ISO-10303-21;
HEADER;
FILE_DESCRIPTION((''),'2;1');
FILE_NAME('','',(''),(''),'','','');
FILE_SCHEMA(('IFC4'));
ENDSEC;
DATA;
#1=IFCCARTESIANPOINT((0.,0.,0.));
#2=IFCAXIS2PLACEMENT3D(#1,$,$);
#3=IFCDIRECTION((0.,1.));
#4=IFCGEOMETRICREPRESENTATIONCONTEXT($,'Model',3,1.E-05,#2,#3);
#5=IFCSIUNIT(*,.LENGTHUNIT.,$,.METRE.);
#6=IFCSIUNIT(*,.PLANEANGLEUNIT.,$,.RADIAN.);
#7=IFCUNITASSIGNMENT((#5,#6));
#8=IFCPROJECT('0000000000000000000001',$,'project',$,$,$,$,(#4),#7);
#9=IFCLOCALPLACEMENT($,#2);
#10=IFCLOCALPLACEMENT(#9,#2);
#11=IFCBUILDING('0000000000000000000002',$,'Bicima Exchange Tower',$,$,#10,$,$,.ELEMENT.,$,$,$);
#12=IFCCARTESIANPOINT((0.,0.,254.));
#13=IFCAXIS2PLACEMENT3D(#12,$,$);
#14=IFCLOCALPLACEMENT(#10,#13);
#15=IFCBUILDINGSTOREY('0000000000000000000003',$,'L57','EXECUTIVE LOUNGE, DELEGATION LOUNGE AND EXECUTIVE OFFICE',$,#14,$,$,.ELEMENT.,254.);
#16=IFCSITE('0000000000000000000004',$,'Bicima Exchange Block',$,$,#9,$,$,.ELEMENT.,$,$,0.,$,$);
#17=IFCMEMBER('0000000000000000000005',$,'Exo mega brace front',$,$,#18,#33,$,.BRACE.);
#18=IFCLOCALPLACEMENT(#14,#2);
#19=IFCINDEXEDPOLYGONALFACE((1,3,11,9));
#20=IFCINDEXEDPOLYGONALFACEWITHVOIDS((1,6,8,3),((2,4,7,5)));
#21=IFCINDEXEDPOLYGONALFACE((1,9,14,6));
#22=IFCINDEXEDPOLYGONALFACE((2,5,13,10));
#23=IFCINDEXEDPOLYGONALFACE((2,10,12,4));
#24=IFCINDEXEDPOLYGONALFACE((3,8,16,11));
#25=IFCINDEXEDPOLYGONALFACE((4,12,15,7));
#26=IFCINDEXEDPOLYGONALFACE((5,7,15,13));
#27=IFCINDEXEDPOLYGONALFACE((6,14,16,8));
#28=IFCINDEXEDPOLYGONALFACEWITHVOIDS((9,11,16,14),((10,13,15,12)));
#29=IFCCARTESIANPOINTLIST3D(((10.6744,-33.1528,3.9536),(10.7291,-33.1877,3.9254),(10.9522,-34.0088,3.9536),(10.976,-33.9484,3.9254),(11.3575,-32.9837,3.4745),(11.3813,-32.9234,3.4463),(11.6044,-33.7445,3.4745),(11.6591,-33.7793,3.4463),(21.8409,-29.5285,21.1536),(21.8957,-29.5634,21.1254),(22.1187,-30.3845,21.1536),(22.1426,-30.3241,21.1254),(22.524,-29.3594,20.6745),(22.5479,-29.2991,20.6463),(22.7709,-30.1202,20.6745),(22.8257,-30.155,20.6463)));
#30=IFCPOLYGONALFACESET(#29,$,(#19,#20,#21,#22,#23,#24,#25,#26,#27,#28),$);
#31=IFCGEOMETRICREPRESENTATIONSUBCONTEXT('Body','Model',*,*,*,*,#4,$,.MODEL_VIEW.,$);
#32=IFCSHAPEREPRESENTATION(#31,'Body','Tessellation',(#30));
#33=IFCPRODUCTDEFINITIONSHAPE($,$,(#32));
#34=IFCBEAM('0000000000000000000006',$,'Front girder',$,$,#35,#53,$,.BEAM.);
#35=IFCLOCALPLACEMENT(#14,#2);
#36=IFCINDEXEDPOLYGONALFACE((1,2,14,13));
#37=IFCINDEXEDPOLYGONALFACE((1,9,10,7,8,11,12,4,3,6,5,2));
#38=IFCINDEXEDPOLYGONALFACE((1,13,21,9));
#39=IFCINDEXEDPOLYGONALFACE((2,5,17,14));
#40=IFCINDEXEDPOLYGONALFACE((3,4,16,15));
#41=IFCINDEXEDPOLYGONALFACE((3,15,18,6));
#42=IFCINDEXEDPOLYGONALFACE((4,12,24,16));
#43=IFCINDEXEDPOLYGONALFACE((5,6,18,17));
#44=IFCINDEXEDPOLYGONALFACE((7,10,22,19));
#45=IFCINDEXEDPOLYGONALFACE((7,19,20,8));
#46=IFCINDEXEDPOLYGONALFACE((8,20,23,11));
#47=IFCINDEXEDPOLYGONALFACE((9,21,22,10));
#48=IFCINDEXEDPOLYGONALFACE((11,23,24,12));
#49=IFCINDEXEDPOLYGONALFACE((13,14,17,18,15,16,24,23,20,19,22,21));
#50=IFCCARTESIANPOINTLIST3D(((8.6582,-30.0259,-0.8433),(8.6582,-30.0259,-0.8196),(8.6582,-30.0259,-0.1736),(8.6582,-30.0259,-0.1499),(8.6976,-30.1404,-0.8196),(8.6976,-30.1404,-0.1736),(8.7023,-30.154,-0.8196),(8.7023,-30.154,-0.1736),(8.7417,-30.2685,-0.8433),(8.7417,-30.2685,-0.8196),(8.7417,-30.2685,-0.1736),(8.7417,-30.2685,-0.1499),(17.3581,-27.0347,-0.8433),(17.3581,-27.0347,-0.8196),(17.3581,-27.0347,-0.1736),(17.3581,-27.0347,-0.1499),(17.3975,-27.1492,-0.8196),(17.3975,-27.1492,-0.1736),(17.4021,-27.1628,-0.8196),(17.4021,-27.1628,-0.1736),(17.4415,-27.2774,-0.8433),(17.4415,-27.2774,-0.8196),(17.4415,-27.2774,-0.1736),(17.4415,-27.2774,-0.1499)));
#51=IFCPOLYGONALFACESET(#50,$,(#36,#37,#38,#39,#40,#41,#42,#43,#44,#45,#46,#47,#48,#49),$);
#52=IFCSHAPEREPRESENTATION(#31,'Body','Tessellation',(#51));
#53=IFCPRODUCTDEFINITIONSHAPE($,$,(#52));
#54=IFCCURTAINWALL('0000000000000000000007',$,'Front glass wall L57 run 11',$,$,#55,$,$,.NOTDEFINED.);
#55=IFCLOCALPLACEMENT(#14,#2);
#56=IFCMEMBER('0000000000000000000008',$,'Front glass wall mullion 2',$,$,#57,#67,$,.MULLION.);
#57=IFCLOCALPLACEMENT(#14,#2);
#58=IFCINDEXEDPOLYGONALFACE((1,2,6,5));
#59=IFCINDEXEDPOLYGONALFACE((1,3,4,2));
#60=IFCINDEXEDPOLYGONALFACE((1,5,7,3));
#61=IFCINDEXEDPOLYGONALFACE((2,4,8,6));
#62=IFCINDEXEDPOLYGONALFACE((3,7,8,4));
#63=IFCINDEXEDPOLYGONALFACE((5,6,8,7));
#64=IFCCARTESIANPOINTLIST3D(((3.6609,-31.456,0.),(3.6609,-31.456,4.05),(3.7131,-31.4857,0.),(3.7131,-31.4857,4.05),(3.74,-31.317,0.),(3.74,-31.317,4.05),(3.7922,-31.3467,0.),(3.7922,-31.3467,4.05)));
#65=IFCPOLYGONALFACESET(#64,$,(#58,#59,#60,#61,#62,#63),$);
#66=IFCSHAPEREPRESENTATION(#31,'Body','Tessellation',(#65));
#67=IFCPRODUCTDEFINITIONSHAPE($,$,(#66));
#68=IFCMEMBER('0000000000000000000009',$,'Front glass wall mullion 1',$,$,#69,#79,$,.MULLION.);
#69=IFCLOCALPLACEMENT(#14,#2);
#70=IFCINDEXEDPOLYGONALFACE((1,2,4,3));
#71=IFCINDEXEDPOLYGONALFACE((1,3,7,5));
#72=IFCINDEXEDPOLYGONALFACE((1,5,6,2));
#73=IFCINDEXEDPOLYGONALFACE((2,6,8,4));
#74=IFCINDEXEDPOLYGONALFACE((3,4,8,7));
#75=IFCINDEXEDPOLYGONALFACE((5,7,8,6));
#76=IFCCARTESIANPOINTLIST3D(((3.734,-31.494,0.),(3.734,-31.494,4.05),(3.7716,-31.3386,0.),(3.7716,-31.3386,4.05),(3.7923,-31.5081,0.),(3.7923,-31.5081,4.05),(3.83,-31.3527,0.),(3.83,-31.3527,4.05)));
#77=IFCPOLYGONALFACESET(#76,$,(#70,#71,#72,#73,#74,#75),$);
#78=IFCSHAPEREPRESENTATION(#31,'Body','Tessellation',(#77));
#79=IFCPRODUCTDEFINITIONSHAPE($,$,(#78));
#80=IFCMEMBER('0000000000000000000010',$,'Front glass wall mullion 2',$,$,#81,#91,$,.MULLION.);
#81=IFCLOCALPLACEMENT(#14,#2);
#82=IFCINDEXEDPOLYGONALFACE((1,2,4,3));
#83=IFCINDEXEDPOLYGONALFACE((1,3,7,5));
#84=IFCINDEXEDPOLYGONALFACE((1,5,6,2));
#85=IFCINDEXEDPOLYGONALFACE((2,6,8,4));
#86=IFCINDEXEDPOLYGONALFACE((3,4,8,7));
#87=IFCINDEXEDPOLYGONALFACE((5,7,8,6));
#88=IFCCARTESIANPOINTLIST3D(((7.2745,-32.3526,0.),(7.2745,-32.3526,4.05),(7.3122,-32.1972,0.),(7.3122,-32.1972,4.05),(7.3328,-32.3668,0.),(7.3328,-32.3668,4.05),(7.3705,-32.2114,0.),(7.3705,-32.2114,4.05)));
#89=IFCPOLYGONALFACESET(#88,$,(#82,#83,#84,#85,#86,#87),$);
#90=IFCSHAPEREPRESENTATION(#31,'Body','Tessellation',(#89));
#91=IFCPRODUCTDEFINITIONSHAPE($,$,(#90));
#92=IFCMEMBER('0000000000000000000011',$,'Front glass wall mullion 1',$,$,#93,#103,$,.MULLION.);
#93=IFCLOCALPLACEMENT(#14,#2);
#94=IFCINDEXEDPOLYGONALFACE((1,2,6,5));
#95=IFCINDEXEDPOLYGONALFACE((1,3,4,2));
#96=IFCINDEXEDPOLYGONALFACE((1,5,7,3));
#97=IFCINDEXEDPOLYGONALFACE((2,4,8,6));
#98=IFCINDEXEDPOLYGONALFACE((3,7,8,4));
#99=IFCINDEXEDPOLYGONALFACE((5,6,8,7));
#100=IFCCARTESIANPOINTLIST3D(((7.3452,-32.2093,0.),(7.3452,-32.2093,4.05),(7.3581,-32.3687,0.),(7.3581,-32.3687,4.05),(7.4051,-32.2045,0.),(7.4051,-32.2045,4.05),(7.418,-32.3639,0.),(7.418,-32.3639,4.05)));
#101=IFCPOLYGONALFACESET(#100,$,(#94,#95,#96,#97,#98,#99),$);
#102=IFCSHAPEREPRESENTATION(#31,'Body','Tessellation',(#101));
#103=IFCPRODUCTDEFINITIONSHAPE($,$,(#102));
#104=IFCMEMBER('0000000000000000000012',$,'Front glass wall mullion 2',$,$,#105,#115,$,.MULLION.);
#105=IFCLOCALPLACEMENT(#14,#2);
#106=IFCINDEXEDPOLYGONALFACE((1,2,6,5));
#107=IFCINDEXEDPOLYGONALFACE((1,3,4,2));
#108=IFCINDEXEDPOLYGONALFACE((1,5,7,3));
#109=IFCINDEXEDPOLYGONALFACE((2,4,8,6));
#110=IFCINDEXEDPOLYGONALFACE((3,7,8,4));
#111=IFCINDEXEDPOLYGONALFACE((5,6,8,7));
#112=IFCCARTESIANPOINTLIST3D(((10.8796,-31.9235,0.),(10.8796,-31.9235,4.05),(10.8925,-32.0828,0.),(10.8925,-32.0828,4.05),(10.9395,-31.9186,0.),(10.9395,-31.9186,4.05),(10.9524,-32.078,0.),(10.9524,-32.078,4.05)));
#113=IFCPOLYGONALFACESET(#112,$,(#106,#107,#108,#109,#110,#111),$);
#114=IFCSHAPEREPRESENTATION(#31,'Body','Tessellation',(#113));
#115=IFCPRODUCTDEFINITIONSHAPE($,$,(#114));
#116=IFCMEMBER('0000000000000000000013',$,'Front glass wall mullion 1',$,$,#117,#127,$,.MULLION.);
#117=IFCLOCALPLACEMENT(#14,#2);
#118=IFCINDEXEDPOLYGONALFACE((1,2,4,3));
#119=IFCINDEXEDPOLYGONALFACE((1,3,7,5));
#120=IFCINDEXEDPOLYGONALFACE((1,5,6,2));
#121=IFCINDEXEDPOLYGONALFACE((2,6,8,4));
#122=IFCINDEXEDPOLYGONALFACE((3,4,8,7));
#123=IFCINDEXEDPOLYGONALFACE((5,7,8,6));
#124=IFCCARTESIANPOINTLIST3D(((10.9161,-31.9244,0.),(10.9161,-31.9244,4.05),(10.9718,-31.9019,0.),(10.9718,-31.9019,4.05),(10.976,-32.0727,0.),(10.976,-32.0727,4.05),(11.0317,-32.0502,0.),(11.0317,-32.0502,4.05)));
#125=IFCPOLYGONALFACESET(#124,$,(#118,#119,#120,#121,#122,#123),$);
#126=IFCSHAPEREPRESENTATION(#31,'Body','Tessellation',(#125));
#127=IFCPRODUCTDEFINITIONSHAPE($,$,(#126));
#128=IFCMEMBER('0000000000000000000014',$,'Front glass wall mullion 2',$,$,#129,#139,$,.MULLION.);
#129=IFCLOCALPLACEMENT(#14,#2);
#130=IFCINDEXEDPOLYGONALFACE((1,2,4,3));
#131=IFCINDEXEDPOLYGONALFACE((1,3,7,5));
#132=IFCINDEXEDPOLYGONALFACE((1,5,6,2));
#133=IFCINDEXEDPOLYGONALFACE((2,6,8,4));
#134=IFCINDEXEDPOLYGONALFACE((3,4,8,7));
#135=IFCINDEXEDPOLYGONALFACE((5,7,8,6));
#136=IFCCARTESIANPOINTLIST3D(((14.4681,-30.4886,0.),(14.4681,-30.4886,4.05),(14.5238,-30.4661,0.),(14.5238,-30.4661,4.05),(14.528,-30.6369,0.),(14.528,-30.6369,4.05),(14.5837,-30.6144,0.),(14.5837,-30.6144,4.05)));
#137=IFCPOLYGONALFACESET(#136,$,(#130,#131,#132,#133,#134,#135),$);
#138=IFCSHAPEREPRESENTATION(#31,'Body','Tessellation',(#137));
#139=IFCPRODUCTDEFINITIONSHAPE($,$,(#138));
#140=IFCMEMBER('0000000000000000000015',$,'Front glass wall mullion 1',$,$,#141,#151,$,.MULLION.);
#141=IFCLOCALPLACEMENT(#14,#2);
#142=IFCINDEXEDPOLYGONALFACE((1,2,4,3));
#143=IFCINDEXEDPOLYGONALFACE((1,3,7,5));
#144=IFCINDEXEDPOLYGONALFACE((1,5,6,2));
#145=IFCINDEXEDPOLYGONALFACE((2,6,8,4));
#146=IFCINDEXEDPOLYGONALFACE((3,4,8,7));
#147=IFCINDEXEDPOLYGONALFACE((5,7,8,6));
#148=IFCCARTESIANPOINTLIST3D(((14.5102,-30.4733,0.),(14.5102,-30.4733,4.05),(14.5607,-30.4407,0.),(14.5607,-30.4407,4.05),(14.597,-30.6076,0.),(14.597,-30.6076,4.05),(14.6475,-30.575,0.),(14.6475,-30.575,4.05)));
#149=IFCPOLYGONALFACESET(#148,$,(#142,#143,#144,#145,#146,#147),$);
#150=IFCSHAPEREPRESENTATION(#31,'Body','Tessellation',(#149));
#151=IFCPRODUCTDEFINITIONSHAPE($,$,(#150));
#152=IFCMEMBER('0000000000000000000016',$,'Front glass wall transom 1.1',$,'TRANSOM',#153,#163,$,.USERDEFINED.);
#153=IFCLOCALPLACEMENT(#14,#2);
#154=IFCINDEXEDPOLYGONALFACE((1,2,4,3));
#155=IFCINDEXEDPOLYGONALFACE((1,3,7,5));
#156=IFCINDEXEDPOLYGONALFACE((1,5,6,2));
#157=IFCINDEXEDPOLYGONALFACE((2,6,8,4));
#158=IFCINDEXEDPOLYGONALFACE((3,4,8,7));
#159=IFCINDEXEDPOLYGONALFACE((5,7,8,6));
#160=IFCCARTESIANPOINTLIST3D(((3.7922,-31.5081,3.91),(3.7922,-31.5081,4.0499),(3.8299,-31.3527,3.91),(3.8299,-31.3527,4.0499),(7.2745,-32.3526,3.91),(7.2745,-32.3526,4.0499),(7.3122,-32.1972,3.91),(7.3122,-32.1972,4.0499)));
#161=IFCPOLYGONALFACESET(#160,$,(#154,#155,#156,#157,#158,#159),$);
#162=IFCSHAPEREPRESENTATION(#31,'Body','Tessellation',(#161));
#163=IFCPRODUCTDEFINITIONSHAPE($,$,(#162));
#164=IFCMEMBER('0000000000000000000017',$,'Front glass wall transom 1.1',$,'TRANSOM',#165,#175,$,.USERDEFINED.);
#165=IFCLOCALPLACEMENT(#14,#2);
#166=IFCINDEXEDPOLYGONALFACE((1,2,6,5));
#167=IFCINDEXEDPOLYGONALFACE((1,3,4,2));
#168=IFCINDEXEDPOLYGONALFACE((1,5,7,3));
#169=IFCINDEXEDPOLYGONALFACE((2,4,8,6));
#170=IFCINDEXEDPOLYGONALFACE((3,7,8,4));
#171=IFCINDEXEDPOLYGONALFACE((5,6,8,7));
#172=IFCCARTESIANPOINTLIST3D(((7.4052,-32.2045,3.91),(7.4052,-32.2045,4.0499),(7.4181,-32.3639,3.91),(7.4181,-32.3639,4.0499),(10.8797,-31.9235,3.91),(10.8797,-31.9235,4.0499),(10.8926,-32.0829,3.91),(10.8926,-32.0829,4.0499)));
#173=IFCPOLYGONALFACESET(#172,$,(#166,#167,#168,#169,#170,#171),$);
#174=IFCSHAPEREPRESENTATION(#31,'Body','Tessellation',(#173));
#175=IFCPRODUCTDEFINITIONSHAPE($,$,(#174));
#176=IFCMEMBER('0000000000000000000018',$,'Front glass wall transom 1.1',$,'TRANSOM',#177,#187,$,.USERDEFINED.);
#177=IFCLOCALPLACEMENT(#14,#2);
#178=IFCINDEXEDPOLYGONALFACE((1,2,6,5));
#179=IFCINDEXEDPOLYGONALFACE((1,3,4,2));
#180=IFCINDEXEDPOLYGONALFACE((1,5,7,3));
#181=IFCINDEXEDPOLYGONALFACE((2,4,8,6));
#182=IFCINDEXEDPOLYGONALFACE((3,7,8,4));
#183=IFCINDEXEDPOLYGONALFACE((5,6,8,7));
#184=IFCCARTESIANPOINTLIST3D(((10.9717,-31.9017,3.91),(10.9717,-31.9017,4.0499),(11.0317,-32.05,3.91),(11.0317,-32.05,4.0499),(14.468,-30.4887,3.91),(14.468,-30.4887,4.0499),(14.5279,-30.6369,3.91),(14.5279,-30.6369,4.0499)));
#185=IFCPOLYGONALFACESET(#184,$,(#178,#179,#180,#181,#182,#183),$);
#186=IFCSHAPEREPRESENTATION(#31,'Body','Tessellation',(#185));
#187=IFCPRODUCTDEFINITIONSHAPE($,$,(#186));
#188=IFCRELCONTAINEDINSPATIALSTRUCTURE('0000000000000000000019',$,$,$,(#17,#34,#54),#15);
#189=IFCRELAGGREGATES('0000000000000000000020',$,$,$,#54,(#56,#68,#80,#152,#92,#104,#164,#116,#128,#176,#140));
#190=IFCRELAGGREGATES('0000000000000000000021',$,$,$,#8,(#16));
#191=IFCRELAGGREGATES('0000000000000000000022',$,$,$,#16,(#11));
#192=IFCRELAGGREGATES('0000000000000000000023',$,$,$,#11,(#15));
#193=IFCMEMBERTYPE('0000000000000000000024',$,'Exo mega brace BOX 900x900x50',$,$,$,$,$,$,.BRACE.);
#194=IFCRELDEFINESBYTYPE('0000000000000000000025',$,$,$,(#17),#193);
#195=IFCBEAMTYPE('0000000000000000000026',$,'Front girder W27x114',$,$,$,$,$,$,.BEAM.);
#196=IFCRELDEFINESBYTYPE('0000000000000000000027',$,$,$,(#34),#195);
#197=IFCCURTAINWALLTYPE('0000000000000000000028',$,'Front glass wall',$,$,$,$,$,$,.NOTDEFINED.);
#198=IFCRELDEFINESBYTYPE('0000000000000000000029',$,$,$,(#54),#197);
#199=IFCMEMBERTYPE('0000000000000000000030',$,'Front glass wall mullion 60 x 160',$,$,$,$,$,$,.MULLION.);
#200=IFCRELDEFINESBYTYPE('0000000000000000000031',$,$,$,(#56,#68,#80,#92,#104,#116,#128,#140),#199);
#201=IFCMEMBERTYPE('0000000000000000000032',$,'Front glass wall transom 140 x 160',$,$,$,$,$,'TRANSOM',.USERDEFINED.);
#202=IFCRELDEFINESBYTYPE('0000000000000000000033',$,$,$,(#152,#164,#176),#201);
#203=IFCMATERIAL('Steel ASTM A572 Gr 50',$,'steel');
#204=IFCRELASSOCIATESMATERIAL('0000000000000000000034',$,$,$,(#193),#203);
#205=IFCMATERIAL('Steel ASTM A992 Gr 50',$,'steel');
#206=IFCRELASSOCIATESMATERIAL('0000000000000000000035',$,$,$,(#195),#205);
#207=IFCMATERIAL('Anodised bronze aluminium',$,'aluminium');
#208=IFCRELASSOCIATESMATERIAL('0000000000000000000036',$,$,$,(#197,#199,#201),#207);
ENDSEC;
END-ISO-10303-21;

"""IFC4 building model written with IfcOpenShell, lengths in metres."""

from ifc_helpers import new_model, si_unit, direction, frame, origin, origin_2d, place, context, subcontext, project, spatial, rectangle, hollow_rectangle, i_section, extrude, material, material_profile, profile_set, type_object, element, aggregate, save


model = new_model("IFC4")

# Units and contexts
model_context = context("Model", 3, precision=1e-05, world=origin(), true_north=direction((0.0, 1.0)))
body_context = subcontext(model_context, "Body", "Model", "MODEL_VIEW")
ifc_project = project(units=[si_unit("LENGTHUNIT", "METRE"), si_unit("PLANEANGLEUNIT", "RADIAN")], contexts=[model_context])

# Site, building, storey
site_placement = place(None, origin())
site = spatial("IfcSite", under=ifc_project, at=site_placement, Name="Bicima Exchange Block", CompositionType="ELEMENT", RefElevation=0.0)
building_placement = place(site_placement, origin())
building = spatial("IfcBuilding", under=site, at=building_placement, Name="Bicima Exchange Tower", CompositionType="ELEMENT")
storey_placement = place(building_placement, frame((0.0, 0.0, 254.0)))
storey = spatial("IfcBuildingStorey", under=building, at=storey_placement, Name="L57", Description="EXECUTIVE LOUNGE, DELEGATION LOUNGE AND EXECUTIVE OFFICE", CompositionType="ELEMENT", Elevation=254.0)

# Member
ifc_material_1 = material(Name="Steel ASTM A572 Gr 50", Category="steel")
ifc_material_profile_1 = material_profile(ifc_material_1, hollow_rectangle(XDim=0.8999, YDim=0.8999, WallThickness=0.05, at=origin_2d()))
ifc_profile_set_1 = profile_set([ifc_material_profile_1], Name="Steel ASTM A572 Gr 50")
member_type_1 = type_object("IfcMemberType", Name="Exo mega brace BOX 900x900x50", PredefinedType="BRACE", material=ifc_profile_set_1)
member_1_placement = place(storey_placement, frame((11.1667, -33.4661, 3.7), z_axis=(0.536217, 0.174038, 0.825943), x_axis=(-0.308713, 0.951155, 0.0)))
element("IfcMember", 1, at=member_1_placement, inside=storey, type_object=member_type_1, Name="Exo mega brace front", PredefinedType="BRACE", context=body_context, shape_type="SweptSolid", body=[
    extrude(hollow_rectangle(XDim=0.8999, YDim=0.8999, WallThickness=0.05, at=origin_2d()), origin(), (0.0, 0.0, 1.0), 20.8247),
])

# Beam
ifc_material_2 = material(Name="Steel ASTM A992 Gr 50", Category="steel")
ifc_material_profile_2 = material_profile(ifc_material_2, i_section(OverallWidth=0.2566, OverallDepth=0.6934, WebThickness=0.0144, FlangeThickness=0.0237, at=origin_2d()))
ifc_profile_set_2 = profile_set([ifc_material_profile_2], Name="Steel ASTM A992 Gr 50")
beam_type = type_object("IfcBeamType", Name="Front girder W27x114", PredefinedType="BEAM", material=ifc_profile_set_2)
beam_placement = place(storey_placement, frame((8.7, -30.1472, -0.4966), z_axis=(0.945666, 0.325138, 0.0), x_axis=(-0.325138, 0.945666, 0.0)))
element("IfcBeam", 2, at=beam_placement, inside=storey, type_object=beam_type, Name="Front girder", PredefinedType="BEAM", context=body_context, shape_type="SweptSolid", body=[
    extrude(i_section(OverallWidth=0.2566, OverallDepth=0.6934, WebThickness=0.0144, FlangeThickness=0.0237, at=origin_2d()), origin(), (0.0, 0.0, 1.0), 9.1997),
])

# Curtain wall, members
ifc_material_3 = material(Name="Anodised bronze aluminium", Category="aluminium")
curtain_wall_type = type_object("IfcCurtainWallType", Name="Front glass wall", PredefinedType="NOTDEFINED", material=ifc_material_3)
curtain_wall_placement = place(storey_placement, origin())
curtain_wall = element("IfcCurtainWall", 3, at=curtain_wall_placement, inside=storey, type_object=curtain_wall_type, Name="Front glass wall L57 run 11", PredefinedType="NOTDEFINED")
ifc_material_profile_3 = material_profile(ifc_material_3, rectangle(XDim=0.1599, YDim=0.0601, at=origin_2d()))
ifc_profile_set_3 = profile_set([ifc_material_profile_3], Name="Anodised bronze aluminium")
member_type_2 = type_object("IfcMemberType", Name="Front glass wall mullion 60 x 160", PredefinedType="MULLION", material=ifc_profile_set_3)
member_2_placement = place(storey_placement, frame((3.7266, -31.4014, 0.0), z_axis=(0.0, 0.0, 1.0), x_axis=(0.49433, 0.869274, 0.0)))
member_2 = element("IfcMember", 4, at=member_2_placement, type_object=member_type_2, Name="Front glass wall mullion 2", PredefinedType="MULLION", context=body_context, shape_type="SweptSolid", body=[
    extrude(rectangle(XDim=0.1599, YDim=0.0601, at=origin_2d()), origin(), (0.0, 0.0, 1.0), 4.05),
])
member_3_placement = place(storey_placement, frame((3.782, -31.4233, 0.0), z_axis=(0.0, 0.0, 1.0), x_axis=(0.235682, 0.97183, 0.0)))
member_3 = element("IfcMember", 5, at=member_3_placement, type_object=member_type_2, Name="Front glass wall mullion 1", PredefinedType="MULLION", context=body_context, shape_type="SweptSolid", body=[
    extrude(rectangle(XDim=0.1599, YDim=0.0601, at=origin_2d()), origin(), (0.0, 0.0, 1.0), 4.05),
])
member_4_placement = place(storey_placement, frame((7.3225, -32.282, 0.0), z_axis=(0.0, 0.0, 1.0), x_axis=(0.235682, 0.97183, 0.0)))
member_4 = element("IfcMember", 6, at=member_4_placement, type_object=member_type_2, Name="Front glass wall mullion 2", PredefinedType="MULLION", context=body_context, shape_type="SweptSolid", body=[
    extrude(rectangle(XDim=0.1599, YDim=0.0601, at=origin_2d()), origin(), (0.0, 0.0, 1.0), 4.05),
])
member_5_placement = place(storey_placement, frame((7.3816, -32.2866, 0.0), z_axis=(0.0, 0.0, 1.0), x_axis=(-0.080589, 0.996747, 0.0)))
member_5 = element("IfcMember", 7, at=member_5_placement, type_object=member_type_2, Name="Front glass wall mullion 1", PredefinedType="MULLION", context=body_context, shape_type="SweptSolid", body=[
    extrude(rectangle(XDim=0.1599, YDim=0.0601, at=origin_2d()), origin(), (0.0, 0.0, 1.0), 4.05),
])
member_6_placement = place(storey_placement, frame((10.916, -32.0007, 0.0), z_axis=(0.0, 0.0, 1.0), x_axis=(-0.080589, 0.996747, 0.0)))
member_6 = element("IfcMember", 8, at=member_6_placement, type_object=member_type_2, Name="Front glass wall mullion 2", PredefinedType="MULLION", context=body_context, shape_type="SweptSolid", body=[
    extrude(rectangle(XDim=0.1599, YDim=0.0601, at=origin_2d()), origin(), (0.0, 0.0, 1.0), 4.05),
])
member_7_placement = place(storey_placement, frame((10.9739, -31.9873, 0.0), z_axis=(0.0, 0.0, 1.0), x_axis=(-0.374705, 0.927144, 0.0)))
member_7 = element("IfcMember", 9, at=member_7_placement, type_object=member_type_2, Name="Front glass wall mullion 1", PredefinedType="MULLION", context=body_context, shape_type="SweptSolid", body=[
    extrude(rectangle(XDim=0.1599, YDim=0.0601, at=origin_2d()), origin(), (0.0, 0.0, 1.0), 4.05),
])
member_8_placement = place(storey_placement, frame((14.5259, -30.5515, 0.0), z_axis=(0.0, 0.0, 1.0), x_axis=(-0.374705, 0.927144, 0.0)))
member_8 = element("IfcMember", 10, at=member_8_placement, type_object=member_type_2, Name="Front glass wall mullion 2", PredefinedType="MULLION", context=body_context, shape_type="SweptSolid", body=[
    extrude(rectangle(XDim=0.1599, YDim=0.0601, at=origin_2d()), origin(), (0.0, 0.0, 1.0), 4.05),
])
member_9_placement = place(storey_placement, frame((14.5789, -30.5242, 0.0), z_axis=(0.0, 0.0, 1.0), x_axis=(-0.542909, 0.839791, 0.0)))
member_9 = element("IfcMember", 11, at=member_9_placement, type_object=member_type_2, Name="Front glass wall mullion 1", PredefinedType="MULLION", context=body_context, shape_type="SweptSolid", body=[
    extrude(rectangle(XDim=0.1599, YDim=0.0601, at=origin_2d()), origin(), (0.0, 0.0, 1.0), 4.05),
])
ifc_material_profile_4 = material_profile(ifc_material_3, rectangle(XDim=0.1599, YDim=0.1399, at=origin_2d()))
ifc_profile_set_4 = profile_set([ifc_material_profile_4], Name="Anodised bronze aluminium")
member_type_3 = type_object("IfcMemberType", Name="Front glass wall transom 140 x 160", ElementType="TRANSOM", PredefinedType="USERDEFINED", material=ifc_profile_set_4)
member_10_placement = place(storey_placement, frame((3.811, -31.4304, 3.98), z_axis=(0.971834, -0.235668, 0.0), x_axis=(0.235668, 0.971834, 0.0)))
member_10 = element("IfcMember", 12, at=member_10_placement, type_object=member_type_3, Name="Front glass wall transom 1.1", ObjectType="TRANSOM", PredefinedType="USERDEFINED", context=body_context, shape_type="SweptSolid", body=[
    extrude(rectangle(XDim=0.1599, YDim=0.1399, at=origin_2d()), origin(), (0.0, 0.0, 1.0), 3.5833),
])
member_11_placement = place(storey_placement, frame((7.4116, -32.2842, 3.98), z_axis=(0.996746, 0.080611, 0.0), x_axis=(-0.080611, 0.996746, 0.0)))
member_11 = element("IfcMember", 13, at=member_11_placement, type_object=member_type_3, Name="Front glass wall transom 1.1", ObjectType="TRANSOM", PredefinedType="USERDEFINED", context=body_context, shape_type="SweptSolid", body=[
    extrude(rectangle(XDim=0.1599, YDim=0.1399, at=origin_2d()), origin(), (0.0, 0.0, 1.0), 3.4858),
])
member_12_placement = place(storey_placement, frame((11.0017, -31.9758, 3.98), z_axis=(0.92714, 0.374715, 0.0), x_axis=(-0.374715, 0.92714, 0.0)))
member_12 = element("IfcMember", 14, at=member_12_placement, type_object=member_type_3, Name="Front glass wall transom 1.1", ObjectType="TRANSOM", PredefinedType="USERDEFINED", context=body_context, shape_type="SweptSolid", body=[
    extrude(rectangle(XDim=0.1599, YDim=0.1399, at=origin_2d()), origin(), (0.0, 0.0, 1.0), 3.771),
])

aggregate(curtain_wall, [member_2, member_3, member_4, member_10, member_5, member_6, member_11, member_7, member_8, member_12, member_9])

save(model, "model.ifc")
